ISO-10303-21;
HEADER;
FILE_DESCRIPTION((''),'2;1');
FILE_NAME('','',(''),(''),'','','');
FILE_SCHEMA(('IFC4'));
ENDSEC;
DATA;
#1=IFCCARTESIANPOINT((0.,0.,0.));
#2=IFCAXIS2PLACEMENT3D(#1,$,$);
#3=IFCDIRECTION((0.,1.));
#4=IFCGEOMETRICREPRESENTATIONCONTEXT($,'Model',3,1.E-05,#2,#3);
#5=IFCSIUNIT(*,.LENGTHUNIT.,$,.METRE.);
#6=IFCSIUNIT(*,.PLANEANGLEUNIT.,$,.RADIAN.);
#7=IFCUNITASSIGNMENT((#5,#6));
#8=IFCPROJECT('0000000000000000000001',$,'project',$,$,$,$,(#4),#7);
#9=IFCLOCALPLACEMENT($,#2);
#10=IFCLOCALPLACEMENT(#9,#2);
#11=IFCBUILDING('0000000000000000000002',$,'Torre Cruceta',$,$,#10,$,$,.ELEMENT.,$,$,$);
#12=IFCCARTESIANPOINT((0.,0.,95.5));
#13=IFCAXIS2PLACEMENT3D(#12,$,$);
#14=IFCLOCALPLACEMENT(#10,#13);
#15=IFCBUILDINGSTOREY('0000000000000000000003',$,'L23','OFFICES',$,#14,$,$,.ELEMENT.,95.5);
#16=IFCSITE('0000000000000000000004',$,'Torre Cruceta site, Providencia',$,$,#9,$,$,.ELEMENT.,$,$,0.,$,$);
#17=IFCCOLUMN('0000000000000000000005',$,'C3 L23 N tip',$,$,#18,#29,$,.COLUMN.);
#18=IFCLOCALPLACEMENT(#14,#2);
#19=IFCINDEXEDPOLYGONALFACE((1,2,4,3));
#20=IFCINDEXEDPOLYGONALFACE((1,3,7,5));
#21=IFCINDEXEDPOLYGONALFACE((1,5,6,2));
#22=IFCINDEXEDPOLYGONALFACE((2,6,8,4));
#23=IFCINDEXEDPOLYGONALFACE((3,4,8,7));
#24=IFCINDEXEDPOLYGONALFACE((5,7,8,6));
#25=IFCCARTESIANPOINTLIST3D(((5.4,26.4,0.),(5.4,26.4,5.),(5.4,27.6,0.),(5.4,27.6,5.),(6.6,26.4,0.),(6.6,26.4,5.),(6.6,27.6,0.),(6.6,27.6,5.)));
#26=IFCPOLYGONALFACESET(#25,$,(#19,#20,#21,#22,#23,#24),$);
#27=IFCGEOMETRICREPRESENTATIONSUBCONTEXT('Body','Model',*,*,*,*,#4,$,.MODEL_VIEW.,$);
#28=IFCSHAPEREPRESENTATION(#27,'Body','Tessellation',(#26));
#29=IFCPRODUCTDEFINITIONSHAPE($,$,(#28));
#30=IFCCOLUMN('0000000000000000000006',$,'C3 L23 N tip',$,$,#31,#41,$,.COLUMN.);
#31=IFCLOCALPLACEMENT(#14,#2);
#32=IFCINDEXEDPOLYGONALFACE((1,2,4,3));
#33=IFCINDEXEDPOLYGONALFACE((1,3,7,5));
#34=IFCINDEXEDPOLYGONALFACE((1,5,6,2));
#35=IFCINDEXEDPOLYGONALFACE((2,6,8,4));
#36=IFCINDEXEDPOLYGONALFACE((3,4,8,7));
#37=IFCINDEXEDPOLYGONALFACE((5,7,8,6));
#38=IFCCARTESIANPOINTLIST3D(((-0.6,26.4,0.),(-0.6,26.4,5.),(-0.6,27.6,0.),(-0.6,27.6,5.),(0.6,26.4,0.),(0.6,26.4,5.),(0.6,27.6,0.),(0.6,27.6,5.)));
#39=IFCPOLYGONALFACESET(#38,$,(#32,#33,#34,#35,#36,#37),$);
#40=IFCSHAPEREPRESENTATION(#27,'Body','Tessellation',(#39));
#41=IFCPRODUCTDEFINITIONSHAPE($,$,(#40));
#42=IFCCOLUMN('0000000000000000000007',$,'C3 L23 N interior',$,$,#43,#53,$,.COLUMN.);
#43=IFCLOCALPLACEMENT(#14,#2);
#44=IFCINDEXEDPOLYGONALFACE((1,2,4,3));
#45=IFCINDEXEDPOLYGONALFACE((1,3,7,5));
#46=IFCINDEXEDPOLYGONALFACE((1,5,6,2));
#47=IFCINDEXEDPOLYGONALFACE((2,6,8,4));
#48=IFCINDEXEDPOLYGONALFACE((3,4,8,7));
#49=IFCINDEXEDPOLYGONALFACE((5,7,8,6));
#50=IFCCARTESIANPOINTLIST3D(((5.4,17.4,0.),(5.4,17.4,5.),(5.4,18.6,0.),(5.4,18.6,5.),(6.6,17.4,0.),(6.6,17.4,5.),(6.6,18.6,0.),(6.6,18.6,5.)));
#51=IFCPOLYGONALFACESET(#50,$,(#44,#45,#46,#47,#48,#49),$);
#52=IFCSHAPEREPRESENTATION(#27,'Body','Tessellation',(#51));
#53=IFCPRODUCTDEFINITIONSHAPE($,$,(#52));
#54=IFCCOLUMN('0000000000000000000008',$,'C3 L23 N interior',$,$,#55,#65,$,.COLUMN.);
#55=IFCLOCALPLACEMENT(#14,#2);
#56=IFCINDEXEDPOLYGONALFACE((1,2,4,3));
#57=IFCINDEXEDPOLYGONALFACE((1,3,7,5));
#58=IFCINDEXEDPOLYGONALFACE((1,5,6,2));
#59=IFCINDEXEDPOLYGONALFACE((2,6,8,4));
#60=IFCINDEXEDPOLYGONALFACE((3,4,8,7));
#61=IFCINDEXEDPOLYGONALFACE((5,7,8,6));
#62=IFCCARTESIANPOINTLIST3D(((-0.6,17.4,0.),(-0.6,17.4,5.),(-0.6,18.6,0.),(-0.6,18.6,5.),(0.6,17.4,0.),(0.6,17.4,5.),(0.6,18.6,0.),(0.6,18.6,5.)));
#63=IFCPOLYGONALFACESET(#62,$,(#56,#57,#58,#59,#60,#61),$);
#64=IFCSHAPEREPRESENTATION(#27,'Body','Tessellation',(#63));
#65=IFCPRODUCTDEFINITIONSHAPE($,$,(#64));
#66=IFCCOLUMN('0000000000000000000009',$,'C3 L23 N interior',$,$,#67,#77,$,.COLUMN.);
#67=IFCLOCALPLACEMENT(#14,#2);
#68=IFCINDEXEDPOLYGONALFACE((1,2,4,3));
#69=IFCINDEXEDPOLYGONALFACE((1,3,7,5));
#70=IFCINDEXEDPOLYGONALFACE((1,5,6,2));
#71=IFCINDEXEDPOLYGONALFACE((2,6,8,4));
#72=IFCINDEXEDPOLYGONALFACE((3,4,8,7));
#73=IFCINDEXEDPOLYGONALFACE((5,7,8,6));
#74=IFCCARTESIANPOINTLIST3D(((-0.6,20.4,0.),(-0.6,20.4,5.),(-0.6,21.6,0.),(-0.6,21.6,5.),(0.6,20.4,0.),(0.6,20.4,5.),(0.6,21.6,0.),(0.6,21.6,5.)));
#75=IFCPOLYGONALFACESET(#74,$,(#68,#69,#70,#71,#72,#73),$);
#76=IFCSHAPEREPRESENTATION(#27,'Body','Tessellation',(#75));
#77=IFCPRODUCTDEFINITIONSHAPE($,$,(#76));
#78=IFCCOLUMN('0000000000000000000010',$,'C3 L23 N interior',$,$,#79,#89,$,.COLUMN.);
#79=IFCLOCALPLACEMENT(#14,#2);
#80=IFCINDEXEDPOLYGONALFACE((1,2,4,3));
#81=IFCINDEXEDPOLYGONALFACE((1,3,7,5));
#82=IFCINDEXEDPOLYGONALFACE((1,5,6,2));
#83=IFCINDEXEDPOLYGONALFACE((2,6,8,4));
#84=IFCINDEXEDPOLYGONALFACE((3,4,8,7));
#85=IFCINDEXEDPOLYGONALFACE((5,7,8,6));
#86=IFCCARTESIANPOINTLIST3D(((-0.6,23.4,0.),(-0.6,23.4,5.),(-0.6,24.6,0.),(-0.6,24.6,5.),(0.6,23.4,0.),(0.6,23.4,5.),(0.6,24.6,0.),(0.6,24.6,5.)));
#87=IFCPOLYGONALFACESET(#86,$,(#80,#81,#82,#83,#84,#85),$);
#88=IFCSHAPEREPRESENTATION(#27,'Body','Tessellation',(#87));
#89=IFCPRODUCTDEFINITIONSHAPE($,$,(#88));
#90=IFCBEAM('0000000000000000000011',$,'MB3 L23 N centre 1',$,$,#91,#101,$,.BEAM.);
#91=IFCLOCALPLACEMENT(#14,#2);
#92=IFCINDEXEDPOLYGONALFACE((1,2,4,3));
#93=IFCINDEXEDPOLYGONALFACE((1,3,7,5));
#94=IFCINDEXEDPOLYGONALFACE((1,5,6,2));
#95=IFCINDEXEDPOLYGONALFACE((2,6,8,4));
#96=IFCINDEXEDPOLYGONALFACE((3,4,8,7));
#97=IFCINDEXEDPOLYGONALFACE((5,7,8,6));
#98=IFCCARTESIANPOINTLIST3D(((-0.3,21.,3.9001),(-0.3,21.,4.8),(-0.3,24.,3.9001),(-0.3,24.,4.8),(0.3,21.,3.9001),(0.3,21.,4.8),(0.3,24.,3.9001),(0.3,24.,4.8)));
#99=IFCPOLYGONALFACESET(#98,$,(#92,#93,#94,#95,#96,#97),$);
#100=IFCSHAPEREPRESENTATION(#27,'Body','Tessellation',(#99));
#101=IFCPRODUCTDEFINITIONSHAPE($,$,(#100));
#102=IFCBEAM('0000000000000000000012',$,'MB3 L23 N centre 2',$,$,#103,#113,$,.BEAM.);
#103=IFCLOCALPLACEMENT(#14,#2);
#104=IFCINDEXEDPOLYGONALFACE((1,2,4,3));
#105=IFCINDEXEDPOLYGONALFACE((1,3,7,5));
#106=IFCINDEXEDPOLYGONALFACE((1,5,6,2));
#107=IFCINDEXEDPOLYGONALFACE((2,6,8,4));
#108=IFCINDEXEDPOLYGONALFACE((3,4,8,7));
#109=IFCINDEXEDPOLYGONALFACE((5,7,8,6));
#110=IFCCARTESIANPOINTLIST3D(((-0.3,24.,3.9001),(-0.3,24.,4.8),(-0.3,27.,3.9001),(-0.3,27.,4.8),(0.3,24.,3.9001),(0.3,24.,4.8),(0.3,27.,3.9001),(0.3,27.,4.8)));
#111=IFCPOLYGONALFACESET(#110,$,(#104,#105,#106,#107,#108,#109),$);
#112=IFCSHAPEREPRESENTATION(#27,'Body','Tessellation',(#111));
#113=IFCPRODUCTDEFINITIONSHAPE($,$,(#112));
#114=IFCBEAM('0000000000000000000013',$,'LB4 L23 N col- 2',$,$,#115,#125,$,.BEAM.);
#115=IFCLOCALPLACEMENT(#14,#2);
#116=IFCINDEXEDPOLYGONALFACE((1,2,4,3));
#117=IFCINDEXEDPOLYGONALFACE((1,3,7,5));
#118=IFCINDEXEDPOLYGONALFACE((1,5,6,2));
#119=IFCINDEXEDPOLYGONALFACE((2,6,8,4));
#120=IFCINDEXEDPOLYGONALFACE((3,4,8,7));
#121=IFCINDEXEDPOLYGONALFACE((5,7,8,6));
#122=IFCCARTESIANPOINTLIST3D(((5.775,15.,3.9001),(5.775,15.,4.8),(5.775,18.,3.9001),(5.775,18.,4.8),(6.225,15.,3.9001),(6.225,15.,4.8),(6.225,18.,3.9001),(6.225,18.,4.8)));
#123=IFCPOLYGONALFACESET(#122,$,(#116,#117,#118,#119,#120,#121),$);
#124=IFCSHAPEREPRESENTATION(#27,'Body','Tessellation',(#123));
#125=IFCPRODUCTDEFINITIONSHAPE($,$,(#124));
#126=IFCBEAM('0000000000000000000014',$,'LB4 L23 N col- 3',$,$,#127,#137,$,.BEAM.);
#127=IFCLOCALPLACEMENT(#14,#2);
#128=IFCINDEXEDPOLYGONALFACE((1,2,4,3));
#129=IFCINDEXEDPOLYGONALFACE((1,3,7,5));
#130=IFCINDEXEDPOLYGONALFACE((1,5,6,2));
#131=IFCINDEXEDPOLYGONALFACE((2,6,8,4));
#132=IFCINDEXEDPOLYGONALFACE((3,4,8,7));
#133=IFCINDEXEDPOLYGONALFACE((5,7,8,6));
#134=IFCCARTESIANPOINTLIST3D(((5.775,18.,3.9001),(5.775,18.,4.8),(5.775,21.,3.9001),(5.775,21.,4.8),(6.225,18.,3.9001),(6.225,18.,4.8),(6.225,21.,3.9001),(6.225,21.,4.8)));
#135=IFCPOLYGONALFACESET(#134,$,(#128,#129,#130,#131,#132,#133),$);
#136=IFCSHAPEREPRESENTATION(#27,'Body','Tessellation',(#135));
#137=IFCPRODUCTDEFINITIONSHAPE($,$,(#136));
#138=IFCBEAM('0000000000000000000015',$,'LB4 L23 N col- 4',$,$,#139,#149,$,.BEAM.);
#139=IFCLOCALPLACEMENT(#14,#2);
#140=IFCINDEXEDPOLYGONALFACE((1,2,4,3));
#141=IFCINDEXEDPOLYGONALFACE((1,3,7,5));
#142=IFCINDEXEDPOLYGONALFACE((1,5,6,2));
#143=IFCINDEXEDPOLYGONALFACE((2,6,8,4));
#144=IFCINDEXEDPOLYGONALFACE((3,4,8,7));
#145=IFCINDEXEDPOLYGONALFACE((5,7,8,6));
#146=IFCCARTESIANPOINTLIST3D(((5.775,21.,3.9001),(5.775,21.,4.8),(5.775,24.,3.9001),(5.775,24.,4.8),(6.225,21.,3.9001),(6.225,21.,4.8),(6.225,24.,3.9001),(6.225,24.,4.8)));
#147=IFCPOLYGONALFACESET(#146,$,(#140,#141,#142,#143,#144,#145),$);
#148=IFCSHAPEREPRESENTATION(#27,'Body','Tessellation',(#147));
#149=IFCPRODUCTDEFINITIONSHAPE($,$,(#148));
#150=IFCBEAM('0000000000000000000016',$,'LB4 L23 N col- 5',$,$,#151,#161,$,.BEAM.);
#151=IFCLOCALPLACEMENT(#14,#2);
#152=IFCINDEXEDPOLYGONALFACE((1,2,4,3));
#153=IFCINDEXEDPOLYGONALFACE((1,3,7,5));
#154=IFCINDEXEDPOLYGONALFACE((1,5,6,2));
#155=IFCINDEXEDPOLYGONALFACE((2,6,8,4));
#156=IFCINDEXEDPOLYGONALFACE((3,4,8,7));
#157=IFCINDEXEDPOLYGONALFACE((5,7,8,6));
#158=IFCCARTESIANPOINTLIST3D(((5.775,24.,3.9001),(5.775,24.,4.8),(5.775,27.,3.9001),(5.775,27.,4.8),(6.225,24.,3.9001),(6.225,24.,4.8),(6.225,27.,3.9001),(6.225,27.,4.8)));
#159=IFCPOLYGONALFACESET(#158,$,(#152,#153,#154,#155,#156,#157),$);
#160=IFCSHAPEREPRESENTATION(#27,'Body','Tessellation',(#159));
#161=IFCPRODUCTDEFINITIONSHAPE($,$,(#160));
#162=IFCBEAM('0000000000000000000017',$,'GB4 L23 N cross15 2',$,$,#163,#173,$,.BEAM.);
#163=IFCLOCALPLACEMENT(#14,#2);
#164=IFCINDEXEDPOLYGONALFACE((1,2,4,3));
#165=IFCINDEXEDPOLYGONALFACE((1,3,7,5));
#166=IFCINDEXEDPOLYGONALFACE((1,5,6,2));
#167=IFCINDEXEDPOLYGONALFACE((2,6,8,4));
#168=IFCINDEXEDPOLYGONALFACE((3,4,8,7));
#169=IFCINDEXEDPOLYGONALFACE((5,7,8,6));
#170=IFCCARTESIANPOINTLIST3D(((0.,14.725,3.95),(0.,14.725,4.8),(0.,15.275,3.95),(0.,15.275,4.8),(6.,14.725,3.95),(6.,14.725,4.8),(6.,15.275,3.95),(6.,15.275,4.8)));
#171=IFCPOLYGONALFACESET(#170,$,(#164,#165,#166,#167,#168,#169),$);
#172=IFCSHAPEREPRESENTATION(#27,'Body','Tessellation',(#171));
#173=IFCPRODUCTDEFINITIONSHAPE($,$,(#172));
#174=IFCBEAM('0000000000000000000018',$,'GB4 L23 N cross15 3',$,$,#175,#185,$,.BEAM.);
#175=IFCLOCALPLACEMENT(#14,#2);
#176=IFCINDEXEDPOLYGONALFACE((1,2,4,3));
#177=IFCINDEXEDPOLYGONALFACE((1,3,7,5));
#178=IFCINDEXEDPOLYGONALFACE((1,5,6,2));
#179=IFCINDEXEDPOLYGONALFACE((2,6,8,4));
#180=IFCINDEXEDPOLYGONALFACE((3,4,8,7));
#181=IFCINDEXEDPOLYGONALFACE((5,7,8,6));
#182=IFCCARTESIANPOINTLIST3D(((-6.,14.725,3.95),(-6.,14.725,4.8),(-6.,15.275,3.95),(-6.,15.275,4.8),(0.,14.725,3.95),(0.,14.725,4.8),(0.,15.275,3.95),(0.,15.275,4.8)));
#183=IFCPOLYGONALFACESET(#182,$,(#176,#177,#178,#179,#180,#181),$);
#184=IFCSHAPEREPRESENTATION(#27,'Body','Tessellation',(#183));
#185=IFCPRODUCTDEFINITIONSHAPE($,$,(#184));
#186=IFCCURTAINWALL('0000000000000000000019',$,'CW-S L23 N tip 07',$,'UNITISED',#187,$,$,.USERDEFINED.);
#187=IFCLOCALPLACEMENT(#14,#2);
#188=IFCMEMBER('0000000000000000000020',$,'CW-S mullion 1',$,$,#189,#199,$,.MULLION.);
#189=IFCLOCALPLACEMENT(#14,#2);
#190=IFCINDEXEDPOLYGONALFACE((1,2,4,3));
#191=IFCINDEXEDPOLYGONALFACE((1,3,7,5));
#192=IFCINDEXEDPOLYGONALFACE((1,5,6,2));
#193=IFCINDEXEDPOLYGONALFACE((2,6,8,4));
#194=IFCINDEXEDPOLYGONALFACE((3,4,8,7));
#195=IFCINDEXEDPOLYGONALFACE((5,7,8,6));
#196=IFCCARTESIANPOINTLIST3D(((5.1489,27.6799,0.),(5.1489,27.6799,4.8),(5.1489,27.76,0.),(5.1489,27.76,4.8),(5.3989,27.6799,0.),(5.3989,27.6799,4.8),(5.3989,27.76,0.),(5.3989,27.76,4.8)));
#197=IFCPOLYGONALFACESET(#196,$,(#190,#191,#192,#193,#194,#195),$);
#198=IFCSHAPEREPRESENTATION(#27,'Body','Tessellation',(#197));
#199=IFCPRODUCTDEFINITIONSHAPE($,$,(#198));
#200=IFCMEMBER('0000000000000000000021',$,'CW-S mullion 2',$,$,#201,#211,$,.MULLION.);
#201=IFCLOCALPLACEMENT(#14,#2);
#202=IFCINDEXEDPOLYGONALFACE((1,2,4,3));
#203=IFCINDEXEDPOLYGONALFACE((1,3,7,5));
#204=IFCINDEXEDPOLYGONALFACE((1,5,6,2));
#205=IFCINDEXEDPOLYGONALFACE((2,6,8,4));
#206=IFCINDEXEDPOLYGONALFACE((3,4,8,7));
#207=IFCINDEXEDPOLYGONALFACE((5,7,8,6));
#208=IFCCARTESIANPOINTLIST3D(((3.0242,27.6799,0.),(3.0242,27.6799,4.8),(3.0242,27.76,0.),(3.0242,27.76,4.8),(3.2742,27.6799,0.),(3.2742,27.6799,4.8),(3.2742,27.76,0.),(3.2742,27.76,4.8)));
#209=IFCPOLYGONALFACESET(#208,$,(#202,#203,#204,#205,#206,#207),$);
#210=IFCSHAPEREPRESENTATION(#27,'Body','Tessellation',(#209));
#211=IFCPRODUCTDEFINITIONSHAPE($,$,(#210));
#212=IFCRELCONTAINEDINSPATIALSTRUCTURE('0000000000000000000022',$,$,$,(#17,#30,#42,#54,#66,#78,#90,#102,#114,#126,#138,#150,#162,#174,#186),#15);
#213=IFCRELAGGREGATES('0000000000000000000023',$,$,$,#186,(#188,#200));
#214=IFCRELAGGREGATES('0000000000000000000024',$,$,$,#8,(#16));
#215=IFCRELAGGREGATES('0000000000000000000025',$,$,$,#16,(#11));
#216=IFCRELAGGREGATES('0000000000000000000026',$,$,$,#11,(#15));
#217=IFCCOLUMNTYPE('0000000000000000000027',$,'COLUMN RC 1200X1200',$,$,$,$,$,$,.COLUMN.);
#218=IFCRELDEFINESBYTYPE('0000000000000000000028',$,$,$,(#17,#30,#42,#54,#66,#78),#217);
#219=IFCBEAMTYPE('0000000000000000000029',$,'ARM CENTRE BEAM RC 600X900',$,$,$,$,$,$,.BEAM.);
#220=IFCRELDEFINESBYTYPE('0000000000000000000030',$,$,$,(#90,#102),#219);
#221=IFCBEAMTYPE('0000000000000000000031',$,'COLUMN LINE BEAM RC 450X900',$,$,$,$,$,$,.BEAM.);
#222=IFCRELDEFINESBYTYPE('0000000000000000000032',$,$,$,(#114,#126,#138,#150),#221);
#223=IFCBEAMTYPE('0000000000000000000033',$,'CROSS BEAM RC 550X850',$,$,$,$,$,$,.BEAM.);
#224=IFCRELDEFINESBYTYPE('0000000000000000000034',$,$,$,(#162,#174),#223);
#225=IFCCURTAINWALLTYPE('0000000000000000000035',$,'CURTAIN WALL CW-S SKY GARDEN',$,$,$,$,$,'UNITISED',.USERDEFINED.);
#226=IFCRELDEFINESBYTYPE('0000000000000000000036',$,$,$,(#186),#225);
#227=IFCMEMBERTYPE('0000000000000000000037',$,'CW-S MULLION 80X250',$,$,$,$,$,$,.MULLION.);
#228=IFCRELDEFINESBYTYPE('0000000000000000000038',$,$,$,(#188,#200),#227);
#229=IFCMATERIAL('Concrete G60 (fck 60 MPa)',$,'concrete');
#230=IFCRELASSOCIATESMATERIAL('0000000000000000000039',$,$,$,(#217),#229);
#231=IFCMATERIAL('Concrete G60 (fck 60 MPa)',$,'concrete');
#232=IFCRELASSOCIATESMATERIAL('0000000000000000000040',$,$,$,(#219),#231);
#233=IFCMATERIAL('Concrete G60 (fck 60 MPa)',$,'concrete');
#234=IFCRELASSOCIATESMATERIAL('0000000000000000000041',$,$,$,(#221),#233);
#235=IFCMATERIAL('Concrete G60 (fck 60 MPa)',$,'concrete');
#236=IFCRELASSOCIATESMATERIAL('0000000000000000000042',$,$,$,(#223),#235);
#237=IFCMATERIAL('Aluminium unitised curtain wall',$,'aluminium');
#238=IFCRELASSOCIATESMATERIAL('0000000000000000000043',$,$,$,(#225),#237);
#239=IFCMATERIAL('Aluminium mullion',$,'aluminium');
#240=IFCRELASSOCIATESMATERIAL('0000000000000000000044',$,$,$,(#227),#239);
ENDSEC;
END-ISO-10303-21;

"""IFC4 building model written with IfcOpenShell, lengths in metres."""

from ifc_helpers import new_model, si_unit, direction, frame, origin, origin_2d, place, context, subcontext, project, spatial, rectangle, extrude, material, material_profile, profile_set, type_object, element, aggregate, save


model = new_model("IFC4")

# Units and contexts
model_context = context("Model", 3, precision=1e-05, world=origin(), true_north=direction((0.0, 1.0)))
body_context = subcontext(model_context, "Body", "Model", "MODEL_VIEW")
ifc_project = project(units=[si_unit("LENGTHUNIT", "METRE"), si_unit("PLANEANGLEUNIT", "RADIAN")], contexts=[model_context])

# Site, building, storey
site_placement = place(None, origin())
site = spatial("IfcSite", under=ifc_project, at=site_placement, Name="Torre Cruceta site, Providencia", CompositionType="ELEMENT", RefElevation=0.0)
building_placement = place(site_placement, origin())
building = spatial("IfcBuilding", under=site, at=building_placement, Name="Torre Cruceta", CompositionType="ELEMENT")
storey_placement = place(building_placement, frame((0.0, 0.0, 95.5)))
storey = spatial("IfcBuildingStorey", under=building, at=storey_placement, Name="L23", Description="OFFICES", CompositionType="ELEMENT", Elevation=95.5)

# Columns
ifc_material_1 = material(Name="Concrete G60 (fck 60 MPa)", Category="concrete")
ifc_material_profile_1 = material_profile(ifc_material_1, rectangle(XDim=1.2, YDim=1.2, at=origin_2d()), Name="RC 1200X1200")
ifc_profile_set_1 = profile_set([ifc_material_profile_1], Name="Concrete G60 (fck 60 MPa)")
column_type = type_object("IfcColumnType", Name="COLUMN RC 1200X1200", PredefinedType="COLUMN", material=ifc_profile_set_1)
for number, where, z_axis, x_axis, name in (
    (1, (6.0, 27.0, 0.0), (0.0, 0.0, 1.0), (1.0, 0.0, 0.0), "C3 L23 N tip"),
    (2, (0.0, 27.0, 0.0), (0.0, 0.0, 1.0), (1.0, 0.0, 0.0), "C3 L23 N tip"),
    (3, (6.0, 18.0, 0.0), (0.0, 0.0, 1.0), (1.0, 0.0, 0.0), "C3 L23 N interior"),
    (4, (0.0, 18.0, 0.0), (0.0, 0.0, 1.0), (1.0, 0.0, 0.0), "C3 L23 N interior"),
    (5, (0.0, 21.0, 0.0), (0.0, 0.0, 1.0), (1.0, 0.0, 0.0), "C3 L23 N interior"),
    (6, (0.0, 24.0, 0.0), (0.0, 0.0, 1.0), (1.0, 0.0, 0.0), "C3 L23 N interior"),
):
    element("IfcColumn", number, at=place(storey_placement, frame(where, z_axis=z_axis, x_axis=x_axis)), inside=storey, type_object=column_type, Name=name, PredefinedType="COLUMN", context=body_context, shape_type="SweptSolid", body=[
        extrude(rectangle(XDim=1.2, YDim=1.2, at=origin_2d()), origin(), (0.0, 0.0, 1.0), 5.0),
    ])

# Beams
ifc_material_2 = material(Name="Concrete G60 (fck 60 MPa)", Category="concrete")
ifc_material_profile_2 = material_profile(ifc_material_2, rectangle(XDim=0.6001, YDim=0.8999, at=origin_2d()), Name="RC 600X900")
ifc_profile_set_2 = profile_set([ifc_material_profile_2], Name="Concrete G60 (fck 60 MPa)")
beam_type_1 = type_object("IfcBeamType", Name="ARM CENTRE BEAM RC 600X900", PredefinedType="BEAM", material=ifc_profile_set_2)
for number, where, z_axis, x_axis, name in (
    (7, (0.0, 21.0, 4.3501), (0.0, 1.0, 0.0), (-1.0, 0.0, 0.0), "MB3 L23 N centre 1"),
    (8, (0.0, 24.0, 4.3501), (0.0, 1.0, 0.0), (-1.0, 0.0, 0.0), "MB3 L23 N centre 2"),
):
    element("IfcBeam", number, at=place(storey_placement, frame(where, z_axis=z_axis, x_axis=x_axis)), inside=storey, type_object=beam_type_1, Name=name, PredefinedType="BEAM", context=body_context, shape_type="SweptSolid", body=[
        extrude(rectangle(XDim=0.6001, YDim=0.8999, at=origin_2d()), origin(), (0.0, 0.0, 1.0), 3.0),
    ])
ifc_material_3 = material(Name="Concrete G60 (fck 60 MPa)", Category="concrete")
ifc_material_profile_3 = material_profile(ifc_material_3, rectangle(XDim=0.45, YDim=0.8999, at=origin_2d()), Name="RC 450X900")
ifc_profile_set_3 = profile_set([ifc_material_profile_3], Name="Concrete G60 (fck 60 MPa)")
beam_type_2 = type_object("IfcBeamType", Name="COLUMN LINE BEAM RC 450X900", PredefinedType="BEAM", material=ifc_profile_set_3)
for number, where, z_axis, x_axis, name in (
    (9, (6.0, 15.0, 4.3501), (0.0, 1.0, 0.0), (-1.0, 0.0, 0.0), "LB4 L23 N col- 2"),
    (10, (6.0, 18.0, 4.3501), (0.0, 1.0, 0.0), (-1.0, 0.0, 0.0), "LB4 L23 N col- 3"),
    (11, (6.0, 21.0, 4.3501), (0.0, 1.0, 0.0), (-1.0, 0.0, 0.0), "LB4 L23 N col- 4"),
    (12, (6.0, 24.0, 4.3501), (0.0, 1.0, 0.0), (-1.0, 0.0, 0.0), "LB4 L23 N col- 5"),
):
    element("IfcBeam", number, at=place(storey_placement, frame(where, z_axis=z_axis, x_axis=x_axis)), inside=storey, type_object=beam_type_2, Name=name, PredefinedType="BEAM", context=body_context, shape_type="SweptSolid", body=[
        extrude(rectangle(XDim=0.45, YDim=0.8999, at=origin_2d()), origin(), (0.0, 0.0, 1.0), 3.0),
    ])
ifc_material_4 = material(Name="Concrete G60 (fck 60 MPa)", Category="concrete")
ifc_material_profile_4 = material_profile(ifc_material_4, rectangle(XDim=0.55, YDim=0.8501, at=origin_2d()), Name="RC 550X850")
ifc_profile_set_4 = profile_set([ifc_material_profile_4], Name="Concrete G60 (fck 60 MPa)")
beam_type_3 = type_object("IfcBeamType", Name="CROSS BEAM RC 550X850", PredefinedType="BEAM", material=ifc_profile_set_4)
for number, where, z_axis, x_axis, name in (
    (13, (6.0, 15.0, 4.375), (-1.0, 0.0, 0.0), (0.0, -1.0, 0.0), "GB4 L23 N cross15 2"),
    (14, (0.0, 15.0, 4.375), (-1.0, 0.0, 0.0), (0.0, -1.0, 0.0), "GB4 L23 N cross15 3"),
):
    element("IfcBeam", number, at=place(storey_placement, frame(where, z_axis=z_axis, x_axis=x_axis)), inside=storey, type_object=beam_type_3, Name=name, PredefinedType="BEAM", context=body_context, shape_type="SweptSolid", body=[
        extrude(rectangle(XDim=0.55, YDim=0.8501, at=origin_2d()), origin(), (0.0, 0.0, 1.0), 6.0),
    ])

# Curtain wall, members
ifc_material_5 = material(Name="Aluminium unitised curtain wall", Category="aluminium")
curtain_wall_type = type_object("IfcCurtainWallType", Name="CURTAIN WALL CW-S SKY GARDEN", ElementType="UNITISED", PredefinedType="USERDEFINED", material=ifc_material_5)
curtain_wall_placement = place(storey_placement, origin())
curtain_wall = element("IfcCurtainWall", 15, at=curtain_wall_placement, inside=storey, type_object=curtain_wall_type, Name="CW-S L23 N tip 07", ObjectType="UNITISED", PredefinedType="USERDEFINED")
ifc_material_6 = material(Name="Aluminium mullion", Category="aluminium")
ifc_material_profile_5 = material_profile(ifc_material_6, rectangle(XDim=0.0801, YDim=0.25, at=origin_2d()), Name="AL 80X250")
ifc_profile_set_5 = profile_set([ifc_material_profile_5], Name="Aluminium mullion")
member_type_1 = type_object("IfcMemberType", Name="CW-S MULLION 80X250", PredefinedType="MULLION", material=ifc_profile_set_5)
member_1_placement = place(storey_placement, frame((5.2739, 27.72, 0.0), z_axis=(0.0, 0.0, 1.0), x_axis=(0.0, -1.0, 0.0)))
member_1 = element("IfcMember", 16, at=member_1_placement, type_object=member_type_1, Name="CW-S mullion 1", PredefinedType="MULLION", context=body_context, shape_type="SweptSolid", body=[
    extrude(rectangle(XDim=0.0801, YDim=0.25, at=origin_2d()), origin(), (0.0, 0.0, 1.0), 4.8),
])
member_2_placement = place(storey_placement, frame((3.1492, 27.72, 0.0), z_axis=(0.0, 0.0, 1.0), x_axis=(0.0, -1.0, 0.0)))
member_2 = element("IfcMember", 17, at=member_2_placement, type_object=member_type_1, Name="CW-S mullion 2", PredefinedType="MULLION", context=body_context, shape_type="SweptSolid", body=[
    extrude(rectangle(XDim=0.0801, YDim=0.25, at=origin_2d()), origin(), (0.0, 0.0, 1.0), 4.8),
])
aggregate(curtain_wall, [member_1, member_2])

save(model, "model.ifc")
